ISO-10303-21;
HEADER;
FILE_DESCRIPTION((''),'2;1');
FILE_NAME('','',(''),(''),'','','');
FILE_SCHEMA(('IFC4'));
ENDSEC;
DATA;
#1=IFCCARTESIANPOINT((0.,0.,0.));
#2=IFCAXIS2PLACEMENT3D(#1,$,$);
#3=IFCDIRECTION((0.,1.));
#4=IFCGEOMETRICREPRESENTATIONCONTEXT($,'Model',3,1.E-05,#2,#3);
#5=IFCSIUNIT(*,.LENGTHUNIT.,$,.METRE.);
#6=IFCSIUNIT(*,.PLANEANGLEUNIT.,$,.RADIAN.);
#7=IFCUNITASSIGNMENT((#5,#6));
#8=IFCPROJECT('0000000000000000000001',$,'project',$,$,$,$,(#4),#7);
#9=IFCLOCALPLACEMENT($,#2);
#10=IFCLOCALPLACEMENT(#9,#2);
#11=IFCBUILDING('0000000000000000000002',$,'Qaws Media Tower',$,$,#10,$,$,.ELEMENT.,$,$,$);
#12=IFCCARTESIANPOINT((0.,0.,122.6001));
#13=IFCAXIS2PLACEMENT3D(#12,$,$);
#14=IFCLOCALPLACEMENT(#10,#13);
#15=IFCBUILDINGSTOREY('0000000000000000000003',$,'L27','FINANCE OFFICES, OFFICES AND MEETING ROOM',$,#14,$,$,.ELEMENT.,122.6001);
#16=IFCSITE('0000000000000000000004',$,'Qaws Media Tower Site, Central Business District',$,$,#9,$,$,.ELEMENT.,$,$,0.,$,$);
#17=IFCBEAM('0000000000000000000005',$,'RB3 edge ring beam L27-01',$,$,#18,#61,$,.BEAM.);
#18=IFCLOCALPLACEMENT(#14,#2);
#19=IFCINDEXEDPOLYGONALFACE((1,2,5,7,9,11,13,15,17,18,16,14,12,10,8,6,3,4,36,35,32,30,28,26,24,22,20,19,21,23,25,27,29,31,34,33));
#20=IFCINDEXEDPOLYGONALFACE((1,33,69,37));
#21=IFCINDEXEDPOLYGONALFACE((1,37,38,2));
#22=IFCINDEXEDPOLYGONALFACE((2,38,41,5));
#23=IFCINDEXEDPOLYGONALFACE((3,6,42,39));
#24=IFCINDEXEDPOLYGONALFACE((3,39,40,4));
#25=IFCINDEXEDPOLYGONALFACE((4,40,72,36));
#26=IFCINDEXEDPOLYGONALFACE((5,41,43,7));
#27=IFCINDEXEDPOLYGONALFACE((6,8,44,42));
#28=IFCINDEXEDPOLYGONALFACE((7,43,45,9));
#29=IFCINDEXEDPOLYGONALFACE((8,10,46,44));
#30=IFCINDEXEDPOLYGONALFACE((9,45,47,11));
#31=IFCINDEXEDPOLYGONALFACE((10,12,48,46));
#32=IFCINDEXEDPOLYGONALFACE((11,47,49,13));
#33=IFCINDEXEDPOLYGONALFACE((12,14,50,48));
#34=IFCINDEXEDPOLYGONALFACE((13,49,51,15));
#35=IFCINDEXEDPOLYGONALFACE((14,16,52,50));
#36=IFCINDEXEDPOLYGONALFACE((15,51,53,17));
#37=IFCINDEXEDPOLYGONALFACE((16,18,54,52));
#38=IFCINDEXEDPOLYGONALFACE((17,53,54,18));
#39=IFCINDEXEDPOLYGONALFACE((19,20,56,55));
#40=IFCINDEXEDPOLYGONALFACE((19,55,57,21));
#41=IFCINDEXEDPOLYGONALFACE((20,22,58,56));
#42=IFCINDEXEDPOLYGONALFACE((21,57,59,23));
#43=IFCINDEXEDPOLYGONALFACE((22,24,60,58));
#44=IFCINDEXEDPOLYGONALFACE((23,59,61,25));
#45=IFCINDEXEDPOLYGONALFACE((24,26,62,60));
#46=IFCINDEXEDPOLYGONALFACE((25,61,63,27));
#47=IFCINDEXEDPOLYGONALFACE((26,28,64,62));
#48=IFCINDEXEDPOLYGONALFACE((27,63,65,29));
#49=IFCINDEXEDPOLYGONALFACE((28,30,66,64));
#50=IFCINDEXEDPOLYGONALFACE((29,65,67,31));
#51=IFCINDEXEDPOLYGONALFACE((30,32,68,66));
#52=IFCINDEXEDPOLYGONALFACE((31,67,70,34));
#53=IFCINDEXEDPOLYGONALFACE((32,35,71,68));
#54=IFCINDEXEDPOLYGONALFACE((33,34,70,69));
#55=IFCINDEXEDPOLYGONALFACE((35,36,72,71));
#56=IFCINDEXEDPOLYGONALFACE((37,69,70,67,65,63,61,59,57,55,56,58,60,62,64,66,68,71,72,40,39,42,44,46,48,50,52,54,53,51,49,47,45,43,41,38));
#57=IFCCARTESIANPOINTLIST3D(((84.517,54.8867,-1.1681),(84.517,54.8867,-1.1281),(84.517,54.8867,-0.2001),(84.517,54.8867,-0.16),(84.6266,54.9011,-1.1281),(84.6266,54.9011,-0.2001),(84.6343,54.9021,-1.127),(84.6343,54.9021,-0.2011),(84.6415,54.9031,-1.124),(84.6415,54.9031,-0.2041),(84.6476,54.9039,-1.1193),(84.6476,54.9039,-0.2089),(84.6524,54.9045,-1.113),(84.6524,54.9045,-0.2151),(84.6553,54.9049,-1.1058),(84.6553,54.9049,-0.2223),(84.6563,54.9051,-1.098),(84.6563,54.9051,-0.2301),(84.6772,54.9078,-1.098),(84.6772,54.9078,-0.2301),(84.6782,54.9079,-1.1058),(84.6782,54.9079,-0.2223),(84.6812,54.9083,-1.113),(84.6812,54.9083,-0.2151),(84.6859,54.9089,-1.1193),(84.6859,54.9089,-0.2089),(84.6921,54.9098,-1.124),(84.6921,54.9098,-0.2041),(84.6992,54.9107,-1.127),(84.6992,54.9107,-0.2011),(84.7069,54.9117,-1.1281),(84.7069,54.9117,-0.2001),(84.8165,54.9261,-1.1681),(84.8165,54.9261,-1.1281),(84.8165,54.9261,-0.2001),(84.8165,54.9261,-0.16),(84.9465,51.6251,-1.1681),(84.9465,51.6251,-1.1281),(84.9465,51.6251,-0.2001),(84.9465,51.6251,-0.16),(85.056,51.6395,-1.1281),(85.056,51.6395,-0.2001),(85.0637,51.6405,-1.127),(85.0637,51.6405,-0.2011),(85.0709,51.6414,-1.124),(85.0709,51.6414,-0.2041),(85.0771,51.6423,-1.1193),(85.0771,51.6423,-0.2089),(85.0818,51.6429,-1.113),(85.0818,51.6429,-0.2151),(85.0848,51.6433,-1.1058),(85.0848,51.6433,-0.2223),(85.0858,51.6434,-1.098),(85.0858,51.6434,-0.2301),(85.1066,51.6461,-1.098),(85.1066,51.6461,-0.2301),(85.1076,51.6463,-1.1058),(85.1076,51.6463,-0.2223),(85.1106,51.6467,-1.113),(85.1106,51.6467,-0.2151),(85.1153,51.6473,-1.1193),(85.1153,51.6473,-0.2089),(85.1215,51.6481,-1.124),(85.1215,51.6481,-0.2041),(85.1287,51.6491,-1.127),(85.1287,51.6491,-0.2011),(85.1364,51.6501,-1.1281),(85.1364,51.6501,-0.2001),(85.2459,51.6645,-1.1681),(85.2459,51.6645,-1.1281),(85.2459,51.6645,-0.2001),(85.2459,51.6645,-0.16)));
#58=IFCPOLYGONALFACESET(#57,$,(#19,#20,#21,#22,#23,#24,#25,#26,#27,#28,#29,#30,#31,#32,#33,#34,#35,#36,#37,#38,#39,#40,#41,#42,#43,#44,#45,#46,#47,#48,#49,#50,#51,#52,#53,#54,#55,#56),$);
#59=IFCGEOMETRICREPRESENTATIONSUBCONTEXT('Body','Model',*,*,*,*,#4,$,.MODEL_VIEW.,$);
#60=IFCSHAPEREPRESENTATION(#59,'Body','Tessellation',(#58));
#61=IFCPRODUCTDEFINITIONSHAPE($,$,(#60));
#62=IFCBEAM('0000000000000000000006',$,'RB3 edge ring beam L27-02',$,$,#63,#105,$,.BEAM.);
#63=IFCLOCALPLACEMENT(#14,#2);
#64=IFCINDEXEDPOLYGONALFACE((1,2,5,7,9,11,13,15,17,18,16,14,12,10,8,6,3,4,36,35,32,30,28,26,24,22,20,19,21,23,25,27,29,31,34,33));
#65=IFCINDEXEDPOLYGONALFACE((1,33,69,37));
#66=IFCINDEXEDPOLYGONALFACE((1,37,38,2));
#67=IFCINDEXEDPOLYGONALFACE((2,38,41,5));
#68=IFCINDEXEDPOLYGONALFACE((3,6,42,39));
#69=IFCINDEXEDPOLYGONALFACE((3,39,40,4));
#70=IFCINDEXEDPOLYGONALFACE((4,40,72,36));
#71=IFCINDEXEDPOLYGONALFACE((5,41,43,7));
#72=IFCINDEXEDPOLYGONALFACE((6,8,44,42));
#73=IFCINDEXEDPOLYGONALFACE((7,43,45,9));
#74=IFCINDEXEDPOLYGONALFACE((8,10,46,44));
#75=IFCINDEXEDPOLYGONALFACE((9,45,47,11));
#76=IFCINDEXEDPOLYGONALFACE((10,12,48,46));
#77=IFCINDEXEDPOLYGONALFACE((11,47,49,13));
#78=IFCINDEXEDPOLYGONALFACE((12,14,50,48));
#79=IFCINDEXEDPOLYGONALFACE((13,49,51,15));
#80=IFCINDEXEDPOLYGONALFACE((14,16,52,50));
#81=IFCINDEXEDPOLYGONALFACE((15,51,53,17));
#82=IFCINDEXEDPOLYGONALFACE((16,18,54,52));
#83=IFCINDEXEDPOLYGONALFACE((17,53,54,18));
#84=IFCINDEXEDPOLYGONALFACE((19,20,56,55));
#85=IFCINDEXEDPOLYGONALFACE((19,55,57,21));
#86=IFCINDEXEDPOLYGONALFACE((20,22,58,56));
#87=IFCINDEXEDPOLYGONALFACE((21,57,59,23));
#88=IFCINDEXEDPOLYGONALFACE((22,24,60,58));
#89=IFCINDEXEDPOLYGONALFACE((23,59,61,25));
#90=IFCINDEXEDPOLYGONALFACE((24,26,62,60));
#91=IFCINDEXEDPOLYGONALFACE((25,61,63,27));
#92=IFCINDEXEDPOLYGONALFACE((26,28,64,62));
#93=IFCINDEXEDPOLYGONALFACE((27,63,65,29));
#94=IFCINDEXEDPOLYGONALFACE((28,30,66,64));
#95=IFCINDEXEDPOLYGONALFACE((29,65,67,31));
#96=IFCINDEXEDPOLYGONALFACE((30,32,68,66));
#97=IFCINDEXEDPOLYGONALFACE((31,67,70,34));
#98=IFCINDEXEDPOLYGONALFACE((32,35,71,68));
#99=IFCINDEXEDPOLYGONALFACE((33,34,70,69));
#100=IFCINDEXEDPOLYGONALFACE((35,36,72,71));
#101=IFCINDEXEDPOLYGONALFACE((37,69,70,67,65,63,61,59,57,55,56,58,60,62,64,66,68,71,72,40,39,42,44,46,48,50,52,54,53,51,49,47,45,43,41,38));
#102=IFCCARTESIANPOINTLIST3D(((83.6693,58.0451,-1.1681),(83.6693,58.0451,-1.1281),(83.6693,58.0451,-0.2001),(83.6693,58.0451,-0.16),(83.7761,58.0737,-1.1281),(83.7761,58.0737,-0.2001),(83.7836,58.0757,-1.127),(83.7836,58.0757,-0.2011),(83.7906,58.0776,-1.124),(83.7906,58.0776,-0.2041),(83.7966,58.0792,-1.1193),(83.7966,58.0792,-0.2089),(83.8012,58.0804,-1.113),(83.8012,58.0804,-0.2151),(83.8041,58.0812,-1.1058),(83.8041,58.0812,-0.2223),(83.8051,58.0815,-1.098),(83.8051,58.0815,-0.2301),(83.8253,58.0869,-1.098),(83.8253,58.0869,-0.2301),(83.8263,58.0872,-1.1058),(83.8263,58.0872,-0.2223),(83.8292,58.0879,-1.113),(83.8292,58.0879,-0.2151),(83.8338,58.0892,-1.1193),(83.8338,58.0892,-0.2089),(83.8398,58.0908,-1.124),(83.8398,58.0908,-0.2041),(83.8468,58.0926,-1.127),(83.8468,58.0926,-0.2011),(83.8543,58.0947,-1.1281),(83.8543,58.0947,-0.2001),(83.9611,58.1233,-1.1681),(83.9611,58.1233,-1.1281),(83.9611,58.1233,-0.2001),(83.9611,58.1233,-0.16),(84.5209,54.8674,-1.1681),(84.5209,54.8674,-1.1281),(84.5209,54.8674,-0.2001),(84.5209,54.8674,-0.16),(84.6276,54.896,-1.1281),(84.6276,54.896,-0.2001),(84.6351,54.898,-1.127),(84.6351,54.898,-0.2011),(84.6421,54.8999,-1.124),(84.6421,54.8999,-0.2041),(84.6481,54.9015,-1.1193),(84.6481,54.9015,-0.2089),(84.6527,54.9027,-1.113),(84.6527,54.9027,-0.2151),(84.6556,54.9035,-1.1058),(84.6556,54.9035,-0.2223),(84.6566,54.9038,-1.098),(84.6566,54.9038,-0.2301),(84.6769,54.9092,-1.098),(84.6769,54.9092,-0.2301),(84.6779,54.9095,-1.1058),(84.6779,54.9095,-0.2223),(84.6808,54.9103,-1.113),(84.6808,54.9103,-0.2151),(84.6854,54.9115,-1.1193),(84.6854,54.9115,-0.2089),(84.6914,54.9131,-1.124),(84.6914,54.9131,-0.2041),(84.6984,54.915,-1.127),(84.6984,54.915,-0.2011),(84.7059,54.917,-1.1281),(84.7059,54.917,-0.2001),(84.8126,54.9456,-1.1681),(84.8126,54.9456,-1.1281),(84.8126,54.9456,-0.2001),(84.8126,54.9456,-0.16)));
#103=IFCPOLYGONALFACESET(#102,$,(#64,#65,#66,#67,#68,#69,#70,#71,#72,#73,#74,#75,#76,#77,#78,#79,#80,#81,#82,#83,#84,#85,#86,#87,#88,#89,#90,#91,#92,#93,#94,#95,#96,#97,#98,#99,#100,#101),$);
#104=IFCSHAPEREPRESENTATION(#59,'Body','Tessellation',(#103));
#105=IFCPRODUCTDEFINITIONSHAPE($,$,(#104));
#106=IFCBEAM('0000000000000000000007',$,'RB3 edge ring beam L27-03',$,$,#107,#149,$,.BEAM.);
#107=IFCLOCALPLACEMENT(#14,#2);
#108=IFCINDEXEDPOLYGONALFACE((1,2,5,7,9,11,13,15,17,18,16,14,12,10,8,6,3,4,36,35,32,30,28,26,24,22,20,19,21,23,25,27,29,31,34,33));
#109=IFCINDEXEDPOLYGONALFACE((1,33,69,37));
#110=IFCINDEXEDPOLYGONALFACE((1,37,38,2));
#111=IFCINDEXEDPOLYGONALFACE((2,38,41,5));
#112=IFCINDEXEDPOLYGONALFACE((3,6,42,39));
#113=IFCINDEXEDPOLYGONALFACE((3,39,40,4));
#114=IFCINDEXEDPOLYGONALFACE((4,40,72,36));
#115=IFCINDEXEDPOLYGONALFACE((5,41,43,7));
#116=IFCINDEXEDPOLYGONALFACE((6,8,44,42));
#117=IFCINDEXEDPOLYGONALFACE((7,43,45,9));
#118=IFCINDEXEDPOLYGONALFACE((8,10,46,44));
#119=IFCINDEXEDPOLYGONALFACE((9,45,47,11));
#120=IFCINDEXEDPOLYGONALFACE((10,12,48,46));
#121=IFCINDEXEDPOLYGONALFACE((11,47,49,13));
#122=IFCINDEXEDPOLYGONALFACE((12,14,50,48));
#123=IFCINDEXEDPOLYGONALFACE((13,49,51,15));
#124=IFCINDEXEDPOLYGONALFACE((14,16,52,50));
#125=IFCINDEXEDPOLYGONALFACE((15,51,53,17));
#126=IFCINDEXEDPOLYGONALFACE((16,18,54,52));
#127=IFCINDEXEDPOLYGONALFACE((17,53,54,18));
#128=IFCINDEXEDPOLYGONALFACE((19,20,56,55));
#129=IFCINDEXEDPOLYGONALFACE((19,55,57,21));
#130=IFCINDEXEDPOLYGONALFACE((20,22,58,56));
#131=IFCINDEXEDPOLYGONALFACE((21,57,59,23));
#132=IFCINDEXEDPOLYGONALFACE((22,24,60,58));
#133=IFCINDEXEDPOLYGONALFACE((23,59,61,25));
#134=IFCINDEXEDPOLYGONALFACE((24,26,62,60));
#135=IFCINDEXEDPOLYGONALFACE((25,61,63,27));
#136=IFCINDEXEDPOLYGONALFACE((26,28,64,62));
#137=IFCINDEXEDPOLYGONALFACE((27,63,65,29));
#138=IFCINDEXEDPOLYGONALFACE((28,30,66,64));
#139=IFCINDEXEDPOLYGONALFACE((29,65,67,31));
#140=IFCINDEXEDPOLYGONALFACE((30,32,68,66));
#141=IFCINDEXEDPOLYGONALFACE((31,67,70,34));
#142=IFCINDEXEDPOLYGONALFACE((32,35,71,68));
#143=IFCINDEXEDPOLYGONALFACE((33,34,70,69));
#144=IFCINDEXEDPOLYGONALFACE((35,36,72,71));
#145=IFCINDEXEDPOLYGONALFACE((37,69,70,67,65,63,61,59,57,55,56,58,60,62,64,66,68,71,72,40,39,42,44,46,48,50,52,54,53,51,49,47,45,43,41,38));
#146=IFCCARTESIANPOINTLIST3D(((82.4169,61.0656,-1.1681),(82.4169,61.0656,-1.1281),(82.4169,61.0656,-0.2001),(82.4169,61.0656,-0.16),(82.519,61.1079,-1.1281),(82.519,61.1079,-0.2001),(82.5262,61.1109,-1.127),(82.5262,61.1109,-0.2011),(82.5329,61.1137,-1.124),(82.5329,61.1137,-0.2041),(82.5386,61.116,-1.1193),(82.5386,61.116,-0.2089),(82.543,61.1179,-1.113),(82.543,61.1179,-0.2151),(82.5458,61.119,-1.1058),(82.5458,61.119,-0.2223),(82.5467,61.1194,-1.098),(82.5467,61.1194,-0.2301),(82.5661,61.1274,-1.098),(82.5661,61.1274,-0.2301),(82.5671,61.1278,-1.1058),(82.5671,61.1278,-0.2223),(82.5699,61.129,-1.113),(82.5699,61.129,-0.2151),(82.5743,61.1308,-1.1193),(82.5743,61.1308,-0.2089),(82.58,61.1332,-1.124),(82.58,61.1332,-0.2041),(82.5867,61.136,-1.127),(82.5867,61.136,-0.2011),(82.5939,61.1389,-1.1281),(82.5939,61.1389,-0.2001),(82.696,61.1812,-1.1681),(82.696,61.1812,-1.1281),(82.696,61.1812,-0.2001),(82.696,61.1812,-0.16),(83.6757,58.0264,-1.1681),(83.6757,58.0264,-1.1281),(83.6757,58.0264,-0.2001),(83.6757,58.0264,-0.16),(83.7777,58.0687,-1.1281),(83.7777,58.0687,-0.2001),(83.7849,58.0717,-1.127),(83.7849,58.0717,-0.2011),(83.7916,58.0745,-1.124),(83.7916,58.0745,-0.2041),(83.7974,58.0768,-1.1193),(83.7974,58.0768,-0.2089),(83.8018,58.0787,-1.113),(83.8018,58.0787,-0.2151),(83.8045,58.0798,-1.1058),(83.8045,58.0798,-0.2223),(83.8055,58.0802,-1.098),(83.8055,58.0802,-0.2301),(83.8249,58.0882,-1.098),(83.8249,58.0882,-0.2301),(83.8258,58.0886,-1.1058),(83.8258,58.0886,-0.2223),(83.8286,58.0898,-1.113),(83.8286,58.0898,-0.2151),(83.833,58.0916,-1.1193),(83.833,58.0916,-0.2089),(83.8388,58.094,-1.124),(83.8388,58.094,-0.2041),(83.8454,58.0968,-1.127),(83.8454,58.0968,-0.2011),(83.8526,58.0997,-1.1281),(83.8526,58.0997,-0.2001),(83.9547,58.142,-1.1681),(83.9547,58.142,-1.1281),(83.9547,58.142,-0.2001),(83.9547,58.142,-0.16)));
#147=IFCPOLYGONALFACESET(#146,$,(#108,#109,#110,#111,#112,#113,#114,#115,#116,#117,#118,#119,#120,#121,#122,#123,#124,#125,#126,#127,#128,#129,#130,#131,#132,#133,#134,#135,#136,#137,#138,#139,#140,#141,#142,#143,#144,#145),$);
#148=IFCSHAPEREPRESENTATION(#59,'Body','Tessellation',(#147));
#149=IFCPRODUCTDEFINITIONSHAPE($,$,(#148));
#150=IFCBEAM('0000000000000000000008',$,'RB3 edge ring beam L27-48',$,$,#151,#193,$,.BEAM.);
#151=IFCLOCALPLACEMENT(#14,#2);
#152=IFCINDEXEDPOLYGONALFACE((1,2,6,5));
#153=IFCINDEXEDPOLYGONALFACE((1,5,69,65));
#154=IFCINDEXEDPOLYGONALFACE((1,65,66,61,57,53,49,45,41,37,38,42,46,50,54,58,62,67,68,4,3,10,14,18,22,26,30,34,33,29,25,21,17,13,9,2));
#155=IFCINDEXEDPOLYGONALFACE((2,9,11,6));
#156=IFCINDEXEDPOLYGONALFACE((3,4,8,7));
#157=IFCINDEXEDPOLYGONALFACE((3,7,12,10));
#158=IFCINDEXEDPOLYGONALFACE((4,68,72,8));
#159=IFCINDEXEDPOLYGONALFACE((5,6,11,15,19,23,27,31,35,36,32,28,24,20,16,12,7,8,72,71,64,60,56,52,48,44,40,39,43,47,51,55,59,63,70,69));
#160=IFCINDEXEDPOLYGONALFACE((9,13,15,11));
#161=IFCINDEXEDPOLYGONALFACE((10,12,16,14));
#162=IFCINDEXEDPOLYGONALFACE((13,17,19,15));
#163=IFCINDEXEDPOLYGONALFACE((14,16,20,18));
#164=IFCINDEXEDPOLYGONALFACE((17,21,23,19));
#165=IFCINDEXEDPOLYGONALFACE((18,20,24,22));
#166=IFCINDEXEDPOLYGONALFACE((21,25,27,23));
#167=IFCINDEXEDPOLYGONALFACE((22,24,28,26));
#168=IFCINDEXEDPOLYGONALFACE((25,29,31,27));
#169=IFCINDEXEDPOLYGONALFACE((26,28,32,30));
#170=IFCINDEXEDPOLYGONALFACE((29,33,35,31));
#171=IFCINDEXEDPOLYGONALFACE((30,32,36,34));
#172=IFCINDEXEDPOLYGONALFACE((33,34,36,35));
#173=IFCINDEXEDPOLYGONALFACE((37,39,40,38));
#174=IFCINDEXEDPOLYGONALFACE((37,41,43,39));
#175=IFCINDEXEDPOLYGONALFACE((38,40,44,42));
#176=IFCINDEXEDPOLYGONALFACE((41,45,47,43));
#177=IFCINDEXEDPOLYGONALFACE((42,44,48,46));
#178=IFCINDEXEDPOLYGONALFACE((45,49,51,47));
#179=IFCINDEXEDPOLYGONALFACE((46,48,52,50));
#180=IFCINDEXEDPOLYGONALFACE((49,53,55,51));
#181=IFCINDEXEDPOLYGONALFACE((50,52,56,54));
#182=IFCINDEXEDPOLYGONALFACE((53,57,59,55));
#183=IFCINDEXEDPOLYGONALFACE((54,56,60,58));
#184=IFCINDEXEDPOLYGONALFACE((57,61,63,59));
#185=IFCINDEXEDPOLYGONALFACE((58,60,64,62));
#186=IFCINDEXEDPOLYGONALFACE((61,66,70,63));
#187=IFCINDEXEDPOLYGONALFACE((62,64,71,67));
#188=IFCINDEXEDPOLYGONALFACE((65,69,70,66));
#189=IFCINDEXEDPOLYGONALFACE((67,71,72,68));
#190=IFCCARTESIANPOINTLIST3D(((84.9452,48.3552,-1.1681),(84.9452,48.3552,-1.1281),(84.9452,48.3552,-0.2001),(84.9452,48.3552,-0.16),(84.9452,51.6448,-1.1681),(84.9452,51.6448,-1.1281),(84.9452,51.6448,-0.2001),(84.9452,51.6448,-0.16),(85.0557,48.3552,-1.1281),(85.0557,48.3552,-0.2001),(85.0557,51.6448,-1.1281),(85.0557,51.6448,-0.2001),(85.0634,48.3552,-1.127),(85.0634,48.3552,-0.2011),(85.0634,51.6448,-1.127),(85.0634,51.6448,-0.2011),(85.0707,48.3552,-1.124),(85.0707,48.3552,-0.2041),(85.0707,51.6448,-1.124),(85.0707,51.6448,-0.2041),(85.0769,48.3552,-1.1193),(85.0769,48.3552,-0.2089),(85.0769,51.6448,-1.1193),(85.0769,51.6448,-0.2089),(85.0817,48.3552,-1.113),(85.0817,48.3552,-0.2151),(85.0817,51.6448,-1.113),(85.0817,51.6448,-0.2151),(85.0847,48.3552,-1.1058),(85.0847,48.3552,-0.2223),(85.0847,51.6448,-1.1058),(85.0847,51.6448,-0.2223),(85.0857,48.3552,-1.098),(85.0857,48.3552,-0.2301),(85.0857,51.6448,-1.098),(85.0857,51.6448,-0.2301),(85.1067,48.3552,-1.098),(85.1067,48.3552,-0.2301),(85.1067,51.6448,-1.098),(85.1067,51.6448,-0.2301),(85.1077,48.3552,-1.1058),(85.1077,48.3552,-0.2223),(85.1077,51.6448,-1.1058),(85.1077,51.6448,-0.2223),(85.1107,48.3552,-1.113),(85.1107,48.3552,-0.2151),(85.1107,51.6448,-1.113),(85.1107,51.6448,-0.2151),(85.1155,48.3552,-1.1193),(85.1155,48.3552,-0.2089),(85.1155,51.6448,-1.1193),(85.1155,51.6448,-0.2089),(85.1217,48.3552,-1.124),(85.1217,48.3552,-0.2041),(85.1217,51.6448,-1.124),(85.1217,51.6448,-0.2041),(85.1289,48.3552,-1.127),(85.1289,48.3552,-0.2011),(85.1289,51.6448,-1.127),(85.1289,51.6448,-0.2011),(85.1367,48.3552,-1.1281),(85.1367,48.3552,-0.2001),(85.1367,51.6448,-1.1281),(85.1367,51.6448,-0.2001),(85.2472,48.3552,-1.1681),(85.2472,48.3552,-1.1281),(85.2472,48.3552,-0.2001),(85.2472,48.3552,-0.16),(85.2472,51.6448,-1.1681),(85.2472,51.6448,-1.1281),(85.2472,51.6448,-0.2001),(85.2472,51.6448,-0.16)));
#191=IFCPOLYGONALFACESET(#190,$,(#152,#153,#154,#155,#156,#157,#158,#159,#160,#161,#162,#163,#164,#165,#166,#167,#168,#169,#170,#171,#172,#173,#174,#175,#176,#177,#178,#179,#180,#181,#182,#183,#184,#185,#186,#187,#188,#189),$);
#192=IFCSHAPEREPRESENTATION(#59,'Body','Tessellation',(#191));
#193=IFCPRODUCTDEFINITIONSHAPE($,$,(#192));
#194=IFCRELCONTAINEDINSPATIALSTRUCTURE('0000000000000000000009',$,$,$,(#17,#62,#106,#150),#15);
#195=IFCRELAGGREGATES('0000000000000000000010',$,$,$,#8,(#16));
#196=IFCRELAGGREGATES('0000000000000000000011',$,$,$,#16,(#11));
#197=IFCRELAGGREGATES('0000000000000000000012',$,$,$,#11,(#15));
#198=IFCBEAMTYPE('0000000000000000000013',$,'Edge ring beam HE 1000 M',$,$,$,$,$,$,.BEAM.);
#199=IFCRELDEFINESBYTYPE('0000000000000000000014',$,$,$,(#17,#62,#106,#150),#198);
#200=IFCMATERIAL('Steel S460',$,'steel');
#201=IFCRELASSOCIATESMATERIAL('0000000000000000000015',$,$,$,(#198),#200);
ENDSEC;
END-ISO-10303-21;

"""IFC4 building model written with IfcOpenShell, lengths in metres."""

from ifc_helpers import new_model, si_unit, direction, frame, origin, origin_2d, place, context, subcontext, project, spatial, i_section, extrude, material, material_profile, profile_set, type_object, element, save


model = new_model("IFC4")

# Units and contexts
model_context = context("Model", 3, precision=1e-05, world=origin(), true_north=direction((0.0, 1.0)))
body_context = subcontext(model_context, "Body", "Model", "MODEL_VIEW")
ifc_project = project(units=[si_unit("LENGTHUNIT", "METRE"), si_unit("PLANEANGLEUNIT", "RADIAN")], contexts=[model_context])

# Site, building, storey
site_placement = place(None, origin())
site = spatial("IfcSite", under=ifc_project, at=site_placement, Name="Qaws Media Tower Site, Central Business District", CompositionType="ELEMENT", RefElevation=0.0)
building_placement = place(site_placement, origin())
building = spatial("IfcBuilding", under=site, at=building_placement, Name="Qaws Media Tower", CompositionType="ELEMENT")
storey_placement = place(building_placement, frame((0.0, 0.0, 122.6001)))
storey = spatial("IfcBuildingStorey", under=building, at=storey_placement, Name="L27", Description="FINANCE OFFICES, OFFICES AND MEETING ROOM", CompositionType="ELEMENT", Elevation=122.6001)

# Beams
ifc_material_1 = material(Name="Steel S460", Category="steel")
ifc_material_profile_1 = material_profile(ifc_material_1, i_section(OverallWidth=0.302, OverallDepth=1.0081, WebThickness=0.021, FlangeThickness=0.04, FilletRadius=0.03, at=origin_2d()), Name="HE 1000 M")
ifc_profile_set_1 = profile_set([ifc_material_profile_1], Name="Steel S460")
beam_type_1 = type_object("IfcBeamType", Name="Edge ring beam HE 1000 M", PredefinedType="BEAM", material=ifc_profile_set_1)
for number, where, z_axis, x_axis, name in (
    (1, (85.0962, 51.6448, -0.6641), (-0.130535, 0.991444, 0.0), (-0.991444, -0.130535, 0.0), "RB3 edge ring beam L27-01"),
    (2, (84.6667, 54.9065, -0.6641), (-0.258845, 0.965919, 0.0), (-0.965919, -0.258845, 0.0), "RB3 edge ring beam L27-02"),
):
    element("IfcBeam", number, at=place(storey_placement, frame(where, z_axis=z_axis, x_axis=x_axis)), inside=storey, type_object=beam_type_1, Name=name, PredefinedType="BEAM", context=body_context, shape_type="SweptSolid", body=[
        extrude(i_section(OverallWidth=0.302, OverallDepth=1.0081, WebThickness=0.021, FlangeThickness=0.04, FilletRadius=0.03, at=origin_2d()), origin(), (0.0, 0.0, 1.0), 3.2898),
    ])
for number, where, z_axis, x_axis, name in (
    (3, (83.8152, 58.0842, -0.6641), (-0.382649, 0.923894, 0.0), (-0.923894, -0.382649, 0.0), "RB3 edge ring beam L27-03"),
    (4, (85.0962, 48.3552, -0.6641), (0.0, 1.0, 0.0), (-1.0, 0.0, 0.0), "RB3 edge ring beam L27-48"),
):
    element("IfcBeam", number, at=place(storey_placement, frame(where, z_axis=z_axis, x_axis=x_axis)), inside=storey, type_object=beam_type_1, Name=name, PredefinedType="BEAM", context=body_context, shape_type="SweptSolid", body=[
        extrude(i_section(OverallWidth=0.302, OverallDepth=1.0081, WebThickness=0.021, FlangeThickness=0.04, FilletRadius=0.03, at=origin_2d()), origin(), (0.0, 0.0, 1.0), 3.2896),
    ])

save(model, "model.ifc")
